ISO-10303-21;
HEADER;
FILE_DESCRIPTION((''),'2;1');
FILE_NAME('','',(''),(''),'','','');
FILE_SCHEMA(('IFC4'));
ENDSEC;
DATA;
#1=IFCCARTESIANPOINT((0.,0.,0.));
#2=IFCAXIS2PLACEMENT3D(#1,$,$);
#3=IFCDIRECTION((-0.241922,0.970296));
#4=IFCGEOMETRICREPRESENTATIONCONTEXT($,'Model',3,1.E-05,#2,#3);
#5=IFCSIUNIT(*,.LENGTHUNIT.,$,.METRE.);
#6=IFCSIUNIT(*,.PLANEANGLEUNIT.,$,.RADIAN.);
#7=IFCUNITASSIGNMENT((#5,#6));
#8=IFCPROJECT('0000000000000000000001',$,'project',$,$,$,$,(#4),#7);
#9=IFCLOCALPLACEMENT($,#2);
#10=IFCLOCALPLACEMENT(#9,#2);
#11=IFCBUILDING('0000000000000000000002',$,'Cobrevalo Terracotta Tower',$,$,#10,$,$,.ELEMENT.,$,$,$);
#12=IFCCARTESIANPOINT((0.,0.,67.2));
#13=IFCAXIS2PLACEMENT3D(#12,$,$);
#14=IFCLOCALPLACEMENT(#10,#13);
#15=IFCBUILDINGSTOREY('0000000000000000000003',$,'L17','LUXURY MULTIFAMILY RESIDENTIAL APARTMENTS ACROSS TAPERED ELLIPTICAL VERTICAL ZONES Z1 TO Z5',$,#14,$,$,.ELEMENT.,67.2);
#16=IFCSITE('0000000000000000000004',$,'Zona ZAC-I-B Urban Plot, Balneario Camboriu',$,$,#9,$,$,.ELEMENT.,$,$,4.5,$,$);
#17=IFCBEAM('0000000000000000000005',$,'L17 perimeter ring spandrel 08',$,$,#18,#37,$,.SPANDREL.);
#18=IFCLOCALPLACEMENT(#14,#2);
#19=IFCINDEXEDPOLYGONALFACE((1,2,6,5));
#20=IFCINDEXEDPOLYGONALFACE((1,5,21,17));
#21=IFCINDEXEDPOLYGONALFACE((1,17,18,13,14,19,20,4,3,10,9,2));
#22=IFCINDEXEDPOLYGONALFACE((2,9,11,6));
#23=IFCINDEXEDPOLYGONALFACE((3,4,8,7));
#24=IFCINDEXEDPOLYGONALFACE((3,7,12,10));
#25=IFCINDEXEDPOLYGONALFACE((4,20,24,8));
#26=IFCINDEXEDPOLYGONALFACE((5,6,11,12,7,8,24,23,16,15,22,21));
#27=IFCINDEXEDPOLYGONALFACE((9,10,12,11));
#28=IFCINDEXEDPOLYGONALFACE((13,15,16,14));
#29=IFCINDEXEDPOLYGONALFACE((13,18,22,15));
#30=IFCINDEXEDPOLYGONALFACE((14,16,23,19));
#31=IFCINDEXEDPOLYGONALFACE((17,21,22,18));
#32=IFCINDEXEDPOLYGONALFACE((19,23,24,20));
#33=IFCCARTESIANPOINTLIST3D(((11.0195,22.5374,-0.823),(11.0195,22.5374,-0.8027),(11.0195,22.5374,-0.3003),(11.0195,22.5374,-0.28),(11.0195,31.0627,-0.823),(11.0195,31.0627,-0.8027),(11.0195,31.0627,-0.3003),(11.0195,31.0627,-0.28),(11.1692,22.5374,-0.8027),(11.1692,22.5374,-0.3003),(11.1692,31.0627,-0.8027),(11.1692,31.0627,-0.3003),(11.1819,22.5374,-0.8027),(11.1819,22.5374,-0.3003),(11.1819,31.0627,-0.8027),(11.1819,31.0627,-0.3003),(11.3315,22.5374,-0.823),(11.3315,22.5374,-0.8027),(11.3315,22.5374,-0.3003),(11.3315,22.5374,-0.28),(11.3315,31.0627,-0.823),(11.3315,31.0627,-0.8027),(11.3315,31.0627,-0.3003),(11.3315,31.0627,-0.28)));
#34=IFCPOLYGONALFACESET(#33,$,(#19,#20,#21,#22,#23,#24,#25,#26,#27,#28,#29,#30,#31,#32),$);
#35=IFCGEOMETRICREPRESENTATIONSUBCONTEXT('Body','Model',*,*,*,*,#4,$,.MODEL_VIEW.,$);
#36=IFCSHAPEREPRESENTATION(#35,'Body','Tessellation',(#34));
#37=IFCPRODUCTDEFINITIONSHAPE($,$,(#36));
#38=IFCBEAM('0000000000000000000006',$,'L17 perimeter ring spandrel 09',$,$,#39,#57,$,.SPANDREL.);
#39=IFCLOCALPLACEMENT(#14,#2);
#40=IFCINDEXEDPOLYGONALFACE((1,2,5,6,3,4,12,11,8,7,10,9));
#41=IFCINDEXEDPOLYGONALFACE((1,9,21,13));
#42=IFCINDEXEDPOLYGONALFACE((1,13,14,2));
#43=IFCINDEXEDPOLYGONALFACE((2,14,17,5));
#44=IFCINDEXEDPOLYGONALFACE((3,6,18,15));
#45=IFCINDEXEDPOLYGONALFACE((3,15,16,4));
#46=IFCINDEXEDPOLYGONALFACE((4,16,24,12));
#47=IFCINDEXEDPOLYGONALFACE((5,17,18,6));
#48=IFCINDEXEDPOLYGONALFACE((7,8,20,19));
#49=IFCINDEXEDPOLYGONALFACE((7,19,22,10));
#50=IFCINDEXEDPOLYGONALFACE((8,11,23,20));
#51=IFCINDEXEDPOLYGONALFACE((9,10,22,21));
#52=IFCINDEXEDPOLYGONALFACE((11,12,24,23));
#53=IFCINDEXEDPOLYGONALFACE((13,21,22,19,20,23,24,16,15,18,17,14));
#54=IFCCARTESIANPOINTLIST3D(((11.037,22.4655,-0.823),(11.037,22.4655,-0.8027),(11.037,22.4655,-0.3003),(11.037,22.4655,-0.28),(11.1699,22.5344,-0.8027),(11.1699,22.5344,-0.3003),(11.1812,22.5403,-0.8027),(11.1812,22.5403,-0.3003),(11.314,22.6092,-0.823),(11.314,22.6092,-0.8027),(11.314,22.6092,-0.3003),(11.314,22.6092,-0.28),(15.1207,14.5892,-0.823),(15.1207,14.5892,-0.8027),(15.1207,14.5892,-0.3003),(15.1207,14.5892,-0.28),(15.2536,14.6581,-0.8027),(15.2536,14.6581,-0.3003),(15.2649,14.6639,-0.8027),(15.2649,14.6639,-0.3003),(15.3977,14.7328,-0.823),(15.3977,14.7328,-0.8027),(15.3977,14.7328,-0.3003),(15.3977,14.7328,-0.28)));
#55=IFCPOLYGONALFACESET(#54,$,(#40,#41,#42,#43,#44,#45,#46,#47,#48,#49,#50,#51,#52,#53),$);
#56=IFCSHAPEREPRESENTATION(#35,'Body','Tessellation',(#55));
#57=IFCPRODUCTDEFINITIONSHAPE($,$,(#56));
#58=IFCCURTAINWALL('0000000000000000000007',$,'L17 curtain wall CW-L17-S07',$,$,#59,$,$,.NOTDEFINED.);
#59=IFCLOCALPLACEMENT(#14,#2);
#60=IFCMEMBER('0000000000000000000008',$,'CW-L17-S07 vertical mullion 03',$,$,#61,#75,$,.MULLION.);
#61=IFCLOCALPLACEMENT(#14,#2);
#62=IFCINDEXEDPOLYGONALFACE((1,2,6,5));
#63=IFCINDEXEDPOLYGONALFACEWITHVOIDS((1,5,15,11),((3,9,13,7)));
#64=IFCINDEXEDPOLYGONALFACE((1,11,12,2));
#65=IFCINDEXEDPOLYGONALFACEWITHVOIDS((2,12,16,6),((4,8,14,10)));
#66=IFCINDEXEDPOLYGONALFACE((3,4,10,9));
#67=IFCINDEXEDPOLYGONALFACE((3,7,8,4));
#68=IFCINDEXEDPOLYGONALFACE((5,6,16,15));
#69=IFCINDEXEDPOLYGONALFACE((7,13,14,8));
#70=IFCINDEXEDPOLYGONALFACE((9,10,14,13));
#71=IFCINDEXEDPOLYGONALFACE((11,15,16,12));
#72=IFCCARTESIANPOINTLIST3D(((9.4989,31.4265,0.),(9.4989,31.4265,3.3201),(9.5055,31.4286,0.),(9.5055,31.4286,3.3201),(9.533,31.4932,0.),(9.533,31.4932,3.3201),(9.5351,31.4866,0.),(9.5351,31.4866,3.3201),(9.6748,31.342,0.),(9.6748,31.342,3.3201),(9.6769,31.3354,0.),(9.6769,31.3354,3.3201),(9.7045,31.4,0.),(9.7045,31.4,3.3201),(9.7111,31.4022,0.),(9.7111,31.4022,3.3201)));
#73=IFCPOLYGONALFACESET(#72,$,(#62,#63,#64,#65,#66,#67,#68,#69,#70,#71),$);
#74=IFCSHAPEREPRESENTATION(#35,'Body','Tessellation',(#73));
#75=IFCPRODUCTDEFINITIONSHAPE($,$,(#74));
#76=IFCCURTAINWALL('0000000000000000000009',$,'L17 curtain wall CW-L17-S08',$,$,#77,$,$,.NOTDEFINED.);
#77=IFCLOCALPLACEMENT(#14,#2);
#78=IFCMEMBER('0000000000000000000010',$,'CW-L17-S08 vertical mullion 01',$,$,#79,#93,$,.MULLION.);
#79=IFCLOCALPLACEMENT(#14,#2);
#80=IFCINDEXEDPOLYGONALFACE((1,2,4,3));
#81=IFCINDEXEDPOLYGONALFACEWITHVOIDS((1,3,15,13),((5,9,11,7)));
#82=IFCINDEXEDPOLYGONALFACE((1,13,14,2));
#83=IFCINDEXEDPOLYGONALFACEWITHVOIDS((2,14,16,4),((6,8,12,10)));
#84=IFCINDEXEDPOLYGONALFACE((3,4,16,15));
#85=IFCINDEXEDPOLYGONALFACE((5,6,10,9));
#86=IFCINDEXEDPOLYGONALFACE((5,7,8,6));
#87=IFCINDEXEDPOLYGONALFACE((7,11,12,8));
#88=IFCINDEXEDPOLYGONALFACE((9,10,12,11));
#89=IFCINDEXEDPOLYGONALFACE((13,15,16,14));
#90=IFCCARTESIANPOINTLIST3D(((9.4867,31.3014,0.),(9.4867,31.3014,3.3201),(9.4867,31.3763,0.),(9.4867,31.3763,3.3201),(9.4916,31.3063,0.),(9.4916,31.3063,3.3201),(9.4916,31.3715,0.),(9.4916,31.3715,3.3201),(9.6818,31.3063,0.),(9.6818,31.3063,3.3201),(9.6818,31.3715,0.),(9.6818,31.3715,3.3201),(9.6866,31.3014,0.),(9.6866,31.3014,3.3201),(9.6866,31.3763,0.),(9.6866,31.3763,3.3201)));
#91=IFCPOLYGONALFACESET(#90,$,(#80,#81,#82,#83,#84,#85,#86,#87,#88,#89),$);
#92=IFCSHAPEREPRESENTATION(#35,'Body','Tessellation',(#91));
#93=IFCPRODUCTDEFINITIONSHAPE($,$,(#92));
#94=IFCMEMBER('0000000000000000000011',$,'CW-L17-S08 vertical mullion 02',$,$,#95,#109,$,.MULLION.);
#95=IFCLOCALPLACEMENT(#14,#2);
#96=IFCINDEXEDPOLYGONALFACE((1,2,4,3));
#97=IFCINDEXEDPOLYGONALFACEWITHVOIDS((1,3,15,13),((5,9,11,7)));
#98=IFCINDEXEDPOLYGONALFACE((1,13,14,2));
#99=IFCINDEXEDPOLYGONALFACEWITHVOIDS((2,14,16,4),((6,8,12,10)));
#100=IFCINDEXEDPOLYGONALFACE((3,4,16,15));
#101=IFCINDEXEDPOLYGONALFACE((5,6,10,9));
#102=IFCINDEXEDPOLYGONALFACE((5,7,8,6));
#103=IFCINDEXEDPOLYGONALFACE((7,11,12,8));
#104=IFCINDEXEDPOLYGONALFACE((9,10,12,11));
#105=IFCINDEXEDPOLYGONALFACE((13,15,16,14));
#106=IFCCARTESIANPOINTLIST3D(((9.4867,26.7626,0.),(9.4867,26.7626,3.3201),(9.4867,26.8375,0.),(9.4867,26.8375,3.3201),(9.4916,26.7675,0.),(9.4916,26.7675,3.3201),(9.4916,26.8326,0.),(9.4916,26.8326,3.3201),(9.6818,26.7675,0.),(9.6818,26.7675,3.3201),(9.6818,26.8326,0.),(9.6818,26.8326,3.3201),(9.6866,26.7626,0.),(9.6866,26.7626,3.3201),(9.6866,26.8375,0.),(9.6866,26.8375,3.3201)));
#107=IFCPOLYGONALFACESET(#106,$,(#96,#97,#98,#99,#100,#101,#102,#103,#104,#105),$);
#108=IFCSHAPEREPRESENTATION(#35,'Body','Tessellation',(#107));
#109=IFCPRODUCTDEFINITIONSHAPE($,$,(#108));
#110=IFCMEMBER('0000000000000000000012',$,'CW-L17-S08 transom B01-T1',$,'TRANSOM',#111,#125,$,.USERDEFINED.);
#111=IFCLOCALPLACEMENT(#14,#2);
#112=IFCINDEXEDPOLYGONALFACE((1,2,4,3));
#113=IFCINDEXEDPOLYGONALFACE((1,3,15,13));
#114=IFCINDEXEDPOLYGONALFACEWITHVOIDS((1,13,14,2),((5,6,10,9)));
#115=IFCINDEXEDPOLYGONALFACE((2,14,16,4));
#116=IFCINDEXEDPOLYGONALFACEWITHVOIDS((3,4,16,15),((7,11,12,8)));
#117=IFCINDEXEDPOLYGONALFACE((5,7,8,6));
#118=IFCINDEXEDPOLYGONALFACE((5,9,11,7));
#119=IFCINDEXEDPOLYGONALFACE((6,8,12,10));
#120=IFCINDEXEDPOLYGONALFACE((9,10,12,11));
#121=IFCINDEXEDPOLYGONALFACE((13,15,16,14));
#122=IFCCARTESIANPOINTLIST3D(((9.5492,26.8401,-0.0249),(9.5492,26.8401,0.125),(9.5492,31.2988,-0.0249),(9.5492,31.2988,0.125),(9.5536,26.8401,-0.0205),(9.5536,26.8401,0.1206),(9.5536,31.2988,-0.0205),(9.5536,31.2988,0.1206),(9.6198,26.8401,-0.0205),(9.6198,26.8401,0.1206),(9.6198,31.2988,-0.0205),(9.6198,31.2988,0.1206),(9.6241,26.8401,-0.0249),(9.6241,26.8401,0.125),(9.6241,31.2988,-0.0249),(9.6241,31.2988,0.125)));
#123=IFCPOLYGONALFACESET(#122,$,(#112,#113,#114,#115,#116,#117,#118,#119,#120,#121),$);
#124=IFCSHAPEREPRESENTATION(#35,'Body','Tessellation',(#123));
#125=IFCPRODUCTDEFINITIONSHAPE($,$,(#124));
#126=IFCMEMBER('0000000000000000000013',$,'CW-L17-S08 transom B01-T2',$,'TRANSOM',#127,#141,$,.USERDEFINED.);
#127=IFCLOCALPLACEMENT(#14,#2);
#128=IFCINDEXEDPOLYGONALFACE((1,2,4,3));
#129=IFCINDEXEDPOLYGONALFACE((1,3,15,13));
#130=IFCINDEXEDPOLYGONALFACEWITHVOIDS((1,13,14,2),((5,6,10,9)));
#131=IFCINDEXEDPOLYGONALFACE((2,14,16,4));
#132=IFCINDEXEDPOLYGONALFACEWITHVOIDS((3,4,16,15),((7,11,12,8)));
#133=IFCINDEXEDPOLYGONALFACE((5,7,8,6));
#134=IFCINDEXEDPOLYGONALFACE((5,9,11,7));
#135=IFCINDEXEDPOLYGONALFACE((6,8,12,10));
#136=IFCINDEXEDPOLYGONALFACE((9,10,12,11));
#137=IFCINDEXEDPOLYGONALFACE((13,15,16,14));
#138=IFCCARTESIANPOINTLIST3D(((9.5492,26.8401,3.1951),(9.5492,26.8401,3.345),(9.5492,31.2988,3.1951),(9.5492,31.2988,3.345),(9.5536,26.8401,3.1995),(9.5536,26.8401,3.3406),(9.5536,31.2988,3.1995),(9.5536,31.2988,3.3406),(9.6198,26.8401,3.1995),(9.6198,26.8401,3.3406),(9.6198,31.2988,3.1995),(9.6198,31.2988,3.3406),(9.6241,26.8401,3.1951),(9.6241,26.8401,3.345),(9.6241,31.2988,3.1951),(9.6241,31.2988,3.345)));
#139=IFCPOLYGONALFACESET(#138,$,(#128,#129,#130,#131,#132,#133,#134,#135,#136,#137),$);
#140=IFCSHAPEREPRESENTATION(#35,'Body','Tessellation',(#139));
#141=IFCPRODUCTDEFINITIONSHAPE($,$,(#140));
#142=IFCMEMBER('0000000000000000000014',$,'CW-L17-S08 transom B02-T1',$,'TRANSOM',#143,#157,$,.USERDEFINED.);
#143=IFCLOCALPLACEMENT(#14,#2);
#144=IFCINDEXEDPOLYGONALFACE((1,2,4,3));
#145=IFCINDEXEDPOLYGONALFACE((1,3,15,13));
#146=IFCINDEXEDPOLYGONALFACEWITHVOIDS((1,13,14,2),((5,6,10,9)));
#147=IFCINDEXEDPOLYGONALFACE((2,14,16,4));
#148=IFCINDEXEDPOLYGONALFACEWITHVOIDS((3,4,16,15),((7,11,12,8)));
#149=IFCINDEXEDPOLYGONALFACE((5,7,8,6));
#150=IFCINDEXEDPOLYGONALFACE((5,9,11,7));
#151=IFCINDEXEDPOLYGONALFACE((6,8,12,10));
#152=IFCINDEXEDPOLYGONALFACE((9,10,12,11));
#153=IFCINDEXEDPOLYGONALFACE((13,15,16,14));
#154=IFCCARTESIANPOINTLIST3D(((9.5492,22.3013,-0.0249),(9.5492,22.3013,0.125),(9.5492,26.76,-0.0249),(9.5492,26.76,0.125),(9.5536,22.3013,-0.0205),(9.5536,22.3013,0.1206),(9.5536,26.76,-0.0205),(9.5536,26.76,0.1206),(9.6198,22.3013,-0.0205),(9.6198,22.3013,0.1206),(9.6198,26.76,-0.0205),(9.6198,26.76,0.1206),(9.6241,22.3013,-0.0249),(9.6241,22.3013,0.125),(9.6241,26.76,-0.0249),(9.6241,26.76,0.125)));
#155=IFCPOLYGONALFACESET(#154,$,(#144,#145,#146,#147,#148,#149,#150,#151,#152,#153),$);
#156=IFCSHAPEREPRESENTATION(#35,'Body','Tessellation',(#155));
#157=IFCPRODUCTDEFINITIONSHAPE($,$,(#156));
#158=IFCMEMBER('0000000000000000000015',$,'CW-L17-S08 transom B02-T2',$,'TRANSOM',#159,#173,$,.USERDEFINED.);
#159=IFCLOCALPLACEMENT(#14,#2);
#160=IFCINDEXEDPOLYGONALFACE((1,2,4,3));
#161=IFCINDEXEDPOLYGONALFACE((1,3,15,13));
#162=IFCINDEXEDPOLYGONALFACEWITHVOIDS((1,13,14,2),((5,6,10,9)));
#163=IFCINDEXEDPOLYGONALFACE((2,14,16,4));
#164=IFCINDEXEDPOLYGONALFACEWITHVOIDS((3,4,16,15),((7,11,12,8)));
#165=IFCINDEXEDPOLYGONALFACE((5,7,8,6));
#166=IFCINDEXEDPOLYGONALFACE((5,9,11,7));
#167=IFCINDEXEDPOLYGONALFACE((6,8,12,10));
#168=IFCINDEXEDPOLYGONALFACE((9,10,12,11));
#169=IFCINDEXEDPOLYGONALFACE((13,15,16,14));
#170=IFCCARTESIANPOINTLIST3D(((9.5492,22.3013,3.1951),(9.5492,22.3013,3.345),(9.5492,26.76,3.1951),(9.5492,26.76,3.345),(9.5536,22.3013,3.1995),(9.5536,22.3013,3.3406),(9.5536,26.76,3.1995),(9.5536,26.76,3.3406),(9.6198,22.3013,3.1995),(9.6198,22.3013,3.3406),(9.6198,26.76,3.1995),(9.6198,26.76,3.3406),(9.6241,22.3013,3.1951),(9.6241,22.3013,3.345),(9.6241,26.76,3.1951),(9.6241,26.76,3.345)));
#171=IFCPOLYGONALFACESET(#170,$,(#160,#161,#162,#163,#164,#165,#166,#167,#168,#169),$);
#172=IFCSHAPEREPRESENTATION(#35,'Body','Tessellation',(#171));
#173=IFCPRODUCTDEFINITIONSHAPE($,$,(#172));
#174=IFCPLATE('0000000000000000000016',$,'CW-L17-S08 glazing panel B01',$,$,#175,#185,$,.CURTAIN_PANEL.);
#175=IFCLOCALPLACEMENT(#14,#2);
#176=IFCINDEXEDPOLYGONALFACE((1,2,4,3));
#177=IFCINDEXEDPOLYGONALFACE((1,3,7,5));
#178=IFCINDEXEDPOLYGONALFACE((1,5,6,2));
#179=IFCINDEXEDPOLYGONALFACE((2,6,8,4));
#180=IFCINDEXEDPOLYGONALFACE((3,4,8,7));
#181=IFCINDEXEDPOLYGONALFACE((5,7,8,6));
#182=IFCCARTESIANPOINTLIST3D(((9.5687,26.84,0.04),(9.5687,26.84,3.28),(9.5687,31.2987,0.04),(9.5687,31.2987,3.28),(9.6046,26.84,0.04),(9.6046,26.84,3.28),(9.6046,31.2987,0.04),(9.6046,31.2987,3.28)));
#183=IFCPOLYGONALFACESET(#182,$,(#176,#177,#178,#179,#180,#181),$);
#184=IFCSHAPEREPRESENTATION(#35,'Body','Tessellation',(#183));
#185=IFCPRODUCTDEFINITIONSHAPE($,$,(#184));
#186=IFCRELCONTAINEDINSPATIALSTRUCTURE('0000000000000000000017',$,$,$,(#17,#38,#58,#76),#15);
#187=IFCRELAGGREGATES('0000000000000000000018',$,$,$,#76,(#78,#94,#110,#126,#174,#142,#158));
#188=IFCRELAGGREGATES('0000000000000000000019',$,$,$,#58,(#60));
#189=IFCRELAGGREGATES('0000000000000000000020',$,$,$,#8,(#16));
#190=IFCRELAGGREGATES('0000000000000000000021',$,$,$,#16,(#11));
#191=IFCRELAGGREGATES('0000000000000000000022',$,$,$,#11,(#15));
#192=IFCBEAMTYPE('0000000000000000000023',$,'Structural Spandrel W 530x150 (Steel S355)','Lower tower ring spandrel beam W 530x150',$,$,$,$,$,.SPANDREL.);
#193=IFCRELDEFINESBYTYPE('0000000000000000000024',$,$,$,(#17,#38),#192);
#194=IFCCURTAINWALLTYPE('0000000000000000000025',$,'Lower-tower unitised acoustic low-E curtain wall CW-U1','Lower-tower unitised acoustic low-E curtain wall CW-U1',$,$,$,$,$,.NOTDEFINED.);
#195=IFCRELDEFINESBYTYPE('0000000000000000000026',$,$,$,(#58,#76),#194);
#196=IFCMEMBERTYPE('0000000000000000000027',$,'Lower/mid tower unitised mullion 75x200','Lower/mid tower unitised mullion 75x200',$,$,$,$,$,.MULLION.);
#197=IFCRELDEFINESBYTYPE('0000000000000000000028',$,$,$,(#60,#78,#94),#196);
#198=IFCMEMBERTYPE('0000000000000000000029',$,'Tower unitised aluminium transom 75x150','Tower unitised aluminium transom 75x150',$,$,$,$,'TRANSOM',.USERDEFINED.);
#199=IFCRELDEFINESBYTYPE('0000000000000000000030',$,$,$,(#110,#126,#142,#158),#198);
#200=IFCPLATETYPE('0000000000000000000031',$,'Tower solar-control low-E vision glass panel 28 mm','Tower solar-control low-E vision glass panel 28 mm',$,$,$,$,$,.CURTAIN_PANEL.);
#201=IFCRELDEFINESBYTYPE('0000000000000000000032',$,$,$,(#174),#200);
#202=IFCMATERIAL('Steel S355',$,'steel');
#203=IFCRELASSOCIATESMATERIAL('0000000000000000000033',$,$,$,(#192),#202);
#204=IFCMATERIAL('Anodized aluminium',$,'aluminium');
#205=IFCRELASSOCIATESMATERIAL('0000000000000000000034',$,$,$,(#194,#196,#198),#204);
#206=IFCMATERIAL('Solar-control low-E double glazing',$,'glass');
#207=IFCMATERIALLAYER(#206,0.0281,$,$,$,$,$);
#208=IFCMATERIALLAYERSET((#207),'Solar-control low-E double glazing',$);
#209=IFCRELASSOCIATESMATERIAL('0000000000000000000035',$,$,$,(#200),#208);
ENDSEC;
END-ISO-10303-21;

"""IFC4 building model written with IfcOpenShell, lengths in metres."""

from ifc_helpers import new_model, si_unit, direction, frame, origin, origin_2d, place, context, subcontext, project, spatial, rectangle, hollow_rectangle, i_section, extrude, source, transform, mapped, material, layer, layer_set, material_profile, profile_set, type_object, element, aggregate, save


model = new_model("IFC4")

# Units and contexts
model_context = context("Model", 3, precision=1e-05, world=origin(), true_north=direction((-0.241922, 0.970296)))
body_context = subcontext(model_context, "Body", "Model", "MODEL_VIEW")
ifc_project = project(units=[si_unit("LENGTHUNIT", "METRE"), si_unit("PLANEANGLEUNIT", "RADIAN")], contexts=[model_context])

# Site, building, storey
site_placement = place(None, origin())
site = spatial("IfcSite", under=ifc_project, at=site_placement, Name="Zona ZAC-I-B Urban Plot, Balneario Camboriu", CompositionType="ELEMENT", RefElevation=4.5)
building_placement = place(site_placement, origin())
building = spatial("IfcBuilding", under=site, at=building_placement, Name="Cobrevalo Terracotta Tower", CompositionType="ELEMENT")
storey_placement = place(building_placement, frame((0.0, 0.0, 67.2)))
storey = spatial("IfcBuildingStorey", under=building, at=storey_placement, Name="L17", Description="LUXURY MULTIFAMILY RESIDENTIAL APARTMENTS ACROSS TAPERED ELLIPTICAL VERTICAL ZONES Z1 TO Z5", CompositionType="ELEMENT", Elevation=67.2)

# Shared definitions
ifc_material_1 = material(Name="Steel S355", Category="steel")

# Beams
ifc_material_profile_1 = material_profile(ifc_material_1, i_section(OverallWidth=0.312, OverallDepth=0.543, WebThickness=0.0127, FlangeThickness=0.0203, at=origin_2d()), Name="W 530x150")
ifc_profile_set_1 = profile_set([ifc_material_profile_1], Name="Steel S355")
beam_type_1 = type_object("IfcBeamType", Name="Structural Spandrel W 530x150 (Steel S355)", Description="Lower tower ring spandrel beam W 530x150", PredefinedType="SPANDREL", material=ifc_profile_set_1)
beam_1_placement = place(storey_placement, frame((11.1755, 31.0627, -0.5515), z_axis=(0.0, -1.0, 0.0), x_axis=(1.0, 0.0, 0.0)))
element("IfcBeam", 1, at=beam_1_placement, inside=storey, type_object=beam_type_1, Name="L17 perimeter ring spandrel 08", PredefinedType="SPANDREL", context=body_context, shape_type="SweptSolid", body=[
    extrude(i_section(OverallWidth=0.312, OverallDepth=0.543, WebThickness=0.0127, FlangeThickness=0.0203, at=origin_2d()), origin(), (0.0, 0.0, 1.0), 8.5254),
])
beam_2_placement = place(storey_placement, frame((11.1755, 22.5374, -0.5515), z_axis=(0.460286, -0.887771, 0.0), x_axis=(0.887771, 0.460286, 0.0)))
element("IfcBeam", 2, at=beam_2_placement, inside=storey, type_object=beam_type_1, Name="L17 perimeter ring spandrel 09", PredefinedType="SPANDREL", context=body_context, shape_type="SweptSolid", body=[
    extrude(i_section(OverallWidth=0.312, OverallDepth=0.543, WebThickness=0.0127, FlangeThickness=0.0203, at=origin_2d()), origin(), (0.0, 0.0, 1.0), 8.8721),
])

# Curtain wall, member
ifc_material_2 = material(Name="Anodized aluminium", Category="aluminium")
curtain_wall_type = type_object("IfcCurtainWallType", Name="Lower-tower unitised acoustic low-E curtain wall CW-U1", Description="Lower-tower unitised acoustic low-E curtain wall CW-U1", PredefinedType="NOTDEFINED", material=ifc_material_2)
curtain_wall_1_placement = place(storey_placement, origin())
curtain_wall_1 = element("IfcCurtainWall", 3, at=curtain_wall_1_placement, inside=storey, type_object=curtain_wall_type, Name="L17 curtain wall CW-L17-S07", PredefinedType="NOTDEFINED")
ifc_material_profile_2 = material_profile(ifc_material_2, hollow_rectangle(XDim=0.075, YDim=0.2, WallThickness=0.0049, at=origin_2d()), Name="CWM 75x200")
ifc_profile_set_2 = profile_set([ifc_material_profile_2], Name="Anodized aluminium")
member_type_1 = type_object("IfcMemberType", Name="Lower/mid tower unitised mullion 75x200", Description="Lower/mid tower unitised mullion 75x200", PredefinedType="MULLION", material=ifc_profile_set_2)
shared_shape_1 = source(origin(), body_context, "Body", "SweptSolid", [
    extrude(hollow_rectangle(XDim=0.075, YDim=0.2, WallThickness=0.0049, at=origin_2d()), origin(), (0.0, 0.0, 1.0), 3.3201),
])
member_1_placement = place(storey_placement, frame((9.605, 31.4143, 0.0), z_axis=(0.0, 0.0, 1.0), x_axis=(-0.455234, -0.890372, 0.0)))
member_1 = element("IfcMember", 4, at=member_1_placement, type_object=member_type_1, Name="CW-L17-S07 vertical mullion 03", PredefinedType="MULLION", context=body_context, shape_type="MappedRepresentation", body=[
    mapped(shared_shape_1, transform((0.0, 0.0, 0.0), scale=1.0)),
])

# Curtain wall, members, plate
curtain_wall_2_placement = place(storey_placement, origin())
curtain_wall_2 = element("IfcCurtainWall", 5, at=curtain_wall_2_placement, inside=storey, type_object=curtain_wall_type, Name="L17 curtain wall CW-L17-S08", PredefinedType="NOTDEFINED")
member_2_placement = place(storey_placement, frame((9.5867, 31.3389, 0.0), z_axis=(0.0, 0.0, 1.0), x_axis=(0.0, -1.0, 0.0)))
member_2 = element("IfcMember", 6, at=member_2_placement, type_object=member_type_1, Name="CW-L17-S08 vertical mullion 01", PredefinedType="MULLION", context=body_context, shape_type="MappedRepresentation", body=[
    mapped(shared_shape_1, transform((0.0, 0.0, 0.0), scale=1.0)),
])
member_3_placement = place(storey_placement, frame((9.5867, 26.8, 0.0), z_axis=(0.0, 0.0, 1.0), x_axis=(0.0, -1.0, 0.0)))
member_3 = element("IfcMember", 7, at=member_3_placement, type_object=member_type_1, Name="CW-L17-S08 vertical mullion 02", PredefinedType="MULLION", context=body_context, shape_type="MappedRepresentation", body=[
    mapped(shared_shape_1, transform((0.0, 0.0, 0.0), scale=1.0)),
])
ifc_material_profile_3 = material_profile(ifc_material_2, hollow_rectangle(XDim=0.075, YDim=0.1499, WallThickness=0.0044, at=origin_2d()), Name="CWT 75x150")
ifc_profile_set_3 = profile_set([ifc_material_profile_3], Name="Anodized aluminium")
member_type_2 = type_object("IfcMemberType", Name="Tower unitised aluminium transom 75x150", Description="Tower unitised aluminium transom 75x150", ElementType="TRANSOM", PredefinedType="USERDEFINED", material=ifc_profile_set_3)
shared_shape_2 = source(origin(), body_context, "Body", "SweptSolid", [
    extrude(hollow_rectangle(XDim=0.075, YDim=0.1499, WallThickness=0.0044, at=origin_2d()), origin(), (0.0, 0.0, 1.0), 4.4587),
])
member_4_placement = place(storey_placement, frame((9.5867, 31.2988, 0.05), z_axis=(0.0, -1.0, 0.0), x_axis=(1.0, 0.0, 0.0)))
member_4 = element("IfcMember", 8, at=member_4_placement, type_object=member_type_2, Name="CW-L17-S08 transom B01-T1", ObjectType="TRANSOM", PredefinedType="USERDEFINED", context=body_context, shape_type="MappedRepresentation", body=[
    mapped(shared_shape_2, transform((0.0, 0.0, 0.0), scale=1.0)),
])
member_5_placement = place(storey_placement, frame((9.5867, 31.2988, 3.27), z_axis=(0.0, -1.0, 0.0), x_axis=(1.0, 0.0, 0.0)))
member_5 = element("IfcMember", 9, at=member_5_placement, type_object=member_type_2, Name="CW-L17-S08 transom B01-T2", ObjectType="TRANSOM", PredefinedType="USERDEFINED", context=body_context, shape_type="MappedRepresentation", body=[
    mapped(shared_shape_2, transform((0.0, 0.0, 0.0), scale=1.0)),
])
member_6_placement = place(storey_placement, frame((9.5867, 26.76, 0.05), z_axis=(0.0, -1.0, 0.0), x_axis=(1.0, 0.0, 0.0)))
member_6 = element("IfcMember", 10, at=member_6_placement, type_object=member_type_2, Name="CW-L17-S08 transom B02-T1", ObjectType="TRANSOM", PredefinedType="USERDEFINED", context=body_context, shape_type="MappedRepresentation", body=[
    mapped(shared_shape_2, transform((0.0, 0.0, 0.0), scale=1.0)),
])
member_7_placement = place(storey_placement, frame((9.5867, 26.76, 3.27), z_axis=(0.0, -1.0, 0.0), x_axis=(1.0, 0.0, 0.0)))
member_7 = element("IfcMember", 11, at=member_7_placement, type_object=member_type_2, Name="CW-L17-S08 transom B02-T2", ObjectType="TRANSOM", PredefinedType="USERDEFINED", context=body_context, shape_type="MappedRepresentation", body=[
    mapped(shared_shape_2, transform((0.0, 0.0, 0.0), scale=1.0)),
])
ifc_material_3 = material(Name="Solar-control low-E double glazing", Category="glass")
ifc_layer = layer(ifc_material_3, 0.0281)
ifc_layer_set = layer_set([ifc_layer], Name="Solar-control low-E double glazing")
plate_type = type_object("IfcPlateType", Name="Tower solar-control low-E vision glass panel 28 mm", Description="Tower solar-control low-E vision glass panel 28 mm", PredefinedType="CURTAIN_PANEL", material=ifc_layer_set)
shared_shape_3 = source(origin(), body_context, "Body", "SweptSolid", [
    extrude(rectangle(XDim=4.4587, YDim=0.0359, at=origin_2d()), origin(), (0.0, 0.0, 1.0), 3.24),
])
plate_1_placement = place(storey_placement, frame((9.5867, 29.0693, 0.04), z_axis=(0.0, 0.0, 1.0), x_axis=(0.0, -1.0, 0.0)))
plate_1 = element("IfcPlate", 12, at=plate_1_placement, type_object=plate_type, Name="CW-L17-S08 glazing panel B01", PredefinedType="CURTAIN_PANEL", context=body_context, shape_type="MappedRepresentation", body=[
    mapped(shared_shape_3, transform((0.0, 0.0, 0.0), scale=1.0)),
])
aggregate(curtain_wall_2, [member_2, member_3, member_4, member_5, plate_1, member_6, member_7])

aggregate(curtain_wall_1, [member_1])

save(model, "model.ifc")
